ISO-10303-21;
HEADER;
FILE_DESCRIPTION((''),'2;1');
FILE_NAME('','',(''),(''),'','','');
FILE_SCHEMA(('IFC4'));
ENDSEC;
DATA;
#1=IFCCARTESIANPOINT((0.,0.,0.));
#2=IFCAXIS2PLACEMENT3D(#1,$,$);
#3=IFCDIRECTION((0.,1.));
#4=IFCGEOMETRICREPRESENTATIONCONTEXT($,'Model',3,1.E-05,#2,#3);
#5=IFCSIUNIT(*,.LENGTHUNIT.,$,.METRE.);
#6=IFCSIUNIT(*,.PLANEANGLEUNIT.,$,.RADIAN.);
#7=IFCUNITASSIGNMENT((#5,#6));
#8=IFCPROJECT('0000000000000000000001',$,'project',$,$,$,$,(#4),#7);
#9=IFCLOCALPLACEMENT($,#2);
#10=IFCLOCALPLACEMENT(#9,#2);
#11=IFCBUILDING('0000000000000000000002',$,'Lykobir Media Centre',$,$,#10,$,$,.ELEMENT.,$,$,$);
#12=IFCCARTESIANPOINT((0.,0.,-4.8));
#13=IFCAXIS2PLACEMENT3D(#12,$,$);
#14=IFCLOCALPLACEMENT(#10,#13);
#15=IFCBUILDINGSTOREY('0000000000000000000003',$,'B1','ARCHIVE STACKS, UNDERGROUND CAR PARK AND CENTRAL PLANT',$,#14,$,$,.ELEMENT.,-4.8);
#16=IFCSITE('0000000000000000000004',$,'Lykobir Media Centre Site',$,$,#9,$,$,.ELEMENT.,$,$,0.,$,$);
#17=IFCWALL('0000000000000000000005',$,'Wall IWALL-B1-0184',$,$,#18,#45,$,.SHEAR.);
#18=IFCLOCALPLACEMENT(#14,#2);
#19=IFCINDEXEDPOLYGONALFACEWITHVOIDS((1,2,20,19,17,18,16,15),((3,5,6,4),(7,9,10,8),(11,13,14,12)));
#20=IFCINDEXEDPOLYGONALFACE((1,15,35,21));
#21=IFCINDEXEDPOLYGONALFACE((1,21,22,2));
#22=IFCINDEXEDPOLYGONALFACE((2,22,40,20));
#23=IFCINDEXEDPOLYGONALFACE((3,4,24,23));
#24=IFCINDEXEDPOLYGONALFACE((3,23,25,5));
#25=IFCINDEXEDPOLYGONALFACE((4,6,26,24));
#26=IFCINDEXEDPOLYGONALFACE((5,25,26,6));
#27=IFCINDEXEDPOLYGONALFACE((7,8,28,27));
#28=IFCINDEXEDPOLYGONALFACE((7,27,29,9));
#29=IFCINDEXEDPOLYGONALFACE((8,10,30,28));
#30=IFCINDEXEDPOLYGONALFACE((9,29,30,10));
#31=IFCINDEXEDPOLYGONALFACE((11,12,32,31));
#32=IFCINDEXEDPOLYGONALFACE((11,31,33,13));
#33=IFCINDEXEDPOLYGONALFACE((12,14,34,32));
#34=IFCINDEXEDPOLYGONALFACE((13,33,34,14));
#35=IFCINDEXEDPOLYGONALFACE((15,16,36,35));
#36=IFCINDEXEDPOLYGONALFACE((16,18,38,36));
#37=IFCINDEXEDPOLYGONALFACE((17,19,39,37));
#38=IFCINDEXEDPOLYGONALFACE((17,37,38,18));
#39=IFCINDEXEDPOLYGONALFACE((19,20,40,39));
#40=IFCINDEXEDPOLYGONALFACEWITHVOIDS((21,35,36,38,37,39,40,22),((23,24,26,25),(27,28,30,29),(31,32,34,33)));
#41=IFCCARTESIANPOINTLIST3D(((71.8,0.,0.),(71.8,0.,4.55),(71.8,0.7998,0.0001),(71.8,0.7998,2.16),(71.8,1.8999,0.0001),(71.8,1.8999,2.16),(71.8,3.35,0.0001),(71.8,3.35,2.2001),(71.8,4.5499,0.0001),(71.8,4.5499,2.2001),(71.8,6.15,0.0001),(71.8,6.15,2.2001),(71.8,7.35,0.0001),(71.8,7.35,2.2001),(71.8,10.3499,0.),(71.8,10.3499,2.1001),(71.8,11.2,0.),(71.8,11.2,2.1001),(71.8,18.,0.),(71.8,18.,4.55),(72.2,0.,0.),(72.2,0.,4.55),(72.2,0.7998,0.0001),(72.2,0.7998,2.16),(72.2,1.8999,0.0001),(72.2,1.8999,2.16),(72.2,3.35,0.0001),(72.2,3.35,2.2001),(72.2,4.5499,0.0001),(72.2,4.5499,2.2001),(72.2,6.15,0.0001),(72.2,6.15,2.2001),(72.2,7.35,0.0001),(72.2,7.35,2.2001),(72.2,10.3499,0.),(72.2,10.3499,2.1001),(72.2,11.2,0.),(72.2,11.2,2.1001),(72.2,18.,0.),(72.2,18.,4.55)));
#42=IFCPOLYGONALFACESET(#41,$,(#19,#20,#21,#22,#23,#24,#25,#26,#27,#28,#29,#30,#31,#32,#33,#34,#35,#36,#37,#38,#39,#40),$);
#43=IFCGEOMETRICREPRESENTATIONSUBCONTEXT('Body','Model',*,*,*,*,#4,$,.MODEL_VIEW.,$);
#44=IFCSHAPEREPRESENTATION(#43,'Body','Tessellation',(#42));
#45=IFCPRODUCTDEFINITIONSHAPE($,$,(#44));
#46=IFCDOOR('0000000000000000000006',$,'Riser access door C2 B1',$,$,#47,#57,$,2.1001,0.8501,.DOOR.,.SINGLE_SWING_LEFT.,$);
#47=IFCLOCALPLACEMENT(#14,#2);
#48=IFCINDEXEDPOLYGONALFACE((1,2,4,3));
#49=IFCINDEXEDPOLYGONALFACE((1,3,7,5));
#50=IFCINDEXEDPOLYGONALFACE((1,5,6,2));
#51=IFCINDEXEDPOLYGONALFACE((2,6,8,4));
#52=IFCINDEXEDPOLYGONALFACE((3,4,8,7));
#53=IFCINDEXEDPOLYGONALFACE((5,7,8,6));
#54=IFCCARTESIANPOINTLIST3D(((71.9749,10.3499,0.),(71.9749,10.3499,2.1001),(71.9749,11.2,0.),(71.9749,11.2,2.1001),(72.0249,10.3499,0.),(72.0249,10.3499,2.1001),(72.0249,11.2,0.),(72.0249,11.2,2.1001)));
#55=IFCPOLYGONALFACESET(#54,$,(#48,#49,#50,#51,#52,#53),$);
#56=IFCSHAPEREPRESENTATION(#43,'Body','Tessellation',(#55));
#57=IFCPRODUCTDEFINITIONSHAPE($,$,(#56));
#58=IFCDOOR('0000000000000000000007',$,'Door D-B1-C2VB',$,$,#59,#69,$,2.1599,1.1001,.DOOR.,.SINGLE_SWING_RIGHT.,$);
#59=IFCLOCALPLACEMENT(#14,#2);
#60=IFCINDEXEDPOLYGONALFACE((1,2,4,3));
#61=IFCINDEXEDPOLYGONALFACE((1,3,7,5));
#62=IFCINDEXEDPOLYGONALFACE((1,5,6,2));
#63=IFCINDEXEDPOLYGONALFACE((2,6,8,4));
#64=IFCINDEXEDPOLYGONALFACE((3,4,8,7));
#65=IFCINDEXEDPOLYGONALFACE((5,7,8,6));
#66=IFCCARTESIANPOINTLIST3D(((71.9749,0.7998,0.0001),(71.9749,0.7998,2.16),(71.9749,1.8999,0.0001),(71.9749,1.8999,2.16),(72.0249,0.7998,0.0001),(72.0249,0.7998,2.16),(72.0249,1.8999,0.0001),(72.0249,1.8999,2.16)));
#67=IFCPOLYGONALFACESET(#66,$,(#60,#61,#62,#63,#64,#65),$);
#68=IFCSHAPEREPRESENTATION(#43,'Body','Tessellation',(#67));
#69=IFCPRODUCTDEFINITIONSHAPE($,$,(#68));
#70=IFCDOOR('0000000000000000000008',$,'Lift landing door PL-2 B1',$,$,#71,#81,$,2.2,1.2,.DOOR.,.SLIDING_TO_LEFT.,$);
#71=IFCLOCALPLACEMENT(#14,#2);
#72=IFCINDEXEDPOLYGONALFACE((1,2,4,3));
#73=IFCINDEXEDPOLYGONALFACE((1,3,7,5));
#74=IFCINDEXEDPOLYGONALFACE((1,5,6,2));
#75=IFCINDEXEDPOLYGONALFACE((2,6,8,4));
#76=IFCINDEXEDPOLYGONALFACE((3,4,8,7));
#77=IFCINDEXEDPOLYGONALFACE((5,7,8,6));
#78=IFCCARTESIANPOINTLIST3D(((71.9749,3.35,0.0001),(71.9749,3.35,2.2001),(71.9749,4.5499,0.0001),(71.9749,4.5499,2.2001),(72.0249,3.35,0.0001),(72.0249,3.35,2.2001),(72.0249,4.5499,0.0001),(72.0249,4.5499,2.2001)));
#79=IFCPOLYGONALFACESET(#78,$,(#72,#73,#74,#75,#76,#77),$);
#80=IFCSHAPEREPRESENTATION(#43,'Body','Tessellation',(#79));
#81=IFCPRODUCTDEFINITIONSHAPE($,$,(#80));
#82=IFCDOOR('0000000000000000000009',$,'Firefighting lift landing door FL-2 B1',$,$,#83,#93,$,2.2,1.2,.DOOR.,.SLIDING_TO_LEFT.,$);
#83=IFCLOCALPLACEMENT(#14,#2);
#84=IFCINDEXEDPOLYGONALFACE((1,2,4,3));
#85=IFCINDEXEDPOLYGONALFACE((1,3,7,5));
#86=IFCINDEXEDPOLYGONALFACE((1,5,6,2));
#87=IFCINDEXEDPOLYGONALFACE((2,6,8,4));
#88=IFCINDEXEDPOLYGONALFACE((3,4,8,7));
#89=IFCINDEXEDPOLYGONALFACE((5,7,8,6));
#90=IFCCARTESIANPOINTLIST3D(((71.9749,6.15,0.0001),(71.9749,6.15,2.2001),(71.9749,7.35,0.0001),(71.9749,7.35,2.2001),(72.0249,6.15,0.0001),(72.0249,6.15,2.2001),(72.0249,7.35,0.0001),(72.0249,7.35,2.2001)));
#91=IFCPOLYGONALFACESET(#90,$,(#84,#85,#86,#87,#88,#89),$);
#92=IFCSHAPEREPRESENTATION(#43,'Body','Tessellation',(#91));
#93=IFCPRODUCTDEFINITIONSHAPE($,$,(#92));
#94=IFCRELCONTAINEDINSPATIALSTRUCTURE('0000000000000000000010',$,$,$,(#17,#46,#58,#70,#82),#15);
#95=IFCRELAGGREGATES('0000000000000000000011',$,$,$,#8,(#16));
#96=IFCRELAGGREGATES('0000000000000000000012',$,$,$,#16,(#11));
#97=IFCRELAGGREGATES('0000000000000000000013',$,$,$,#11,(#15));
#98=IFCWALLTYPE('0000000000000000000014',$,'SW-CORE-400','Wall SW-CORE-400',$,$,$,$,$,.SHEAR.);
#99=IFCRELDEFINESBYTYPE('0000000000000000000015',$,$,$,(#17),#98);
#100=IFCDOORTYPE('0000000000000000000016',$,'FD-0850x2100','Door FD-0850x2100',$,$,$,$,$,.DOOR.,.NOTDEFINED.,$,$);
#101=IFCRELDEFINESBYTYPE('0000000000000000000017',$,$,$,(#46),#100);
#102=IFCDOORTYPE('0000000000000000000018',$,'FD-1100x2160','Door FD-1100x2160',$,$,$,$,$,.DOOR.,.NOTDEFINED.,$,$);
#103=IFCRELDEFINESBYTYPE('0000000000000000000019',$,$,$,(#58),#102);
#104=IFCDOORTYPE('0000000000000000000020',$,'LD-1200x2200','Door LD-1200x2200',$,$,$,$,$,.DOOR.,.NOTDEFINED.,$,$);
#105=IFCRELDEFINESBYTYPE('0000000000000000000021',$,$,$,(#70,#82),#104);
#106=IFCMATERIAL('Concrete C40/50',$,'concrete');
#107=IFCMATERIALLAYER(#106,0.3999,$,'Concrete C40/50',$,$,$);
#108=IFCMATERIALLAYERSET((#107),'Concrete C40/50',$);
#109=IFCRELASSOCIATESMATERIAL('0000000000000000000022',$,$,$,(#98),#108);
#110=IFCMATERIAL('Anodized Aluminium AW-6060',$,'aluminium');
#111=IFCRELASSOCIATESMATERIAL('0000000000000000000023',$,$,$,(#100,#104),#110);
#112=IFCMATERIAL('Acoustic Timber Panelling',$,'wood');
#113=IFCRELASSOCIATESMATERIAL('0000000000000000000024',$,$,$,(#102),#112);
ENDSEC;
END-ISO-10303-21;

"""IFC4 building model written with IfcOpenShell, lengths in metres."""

from ifc_helpers import new_model, si_unit, direction, frame, frame_2d, origin, place, context, subcontext, project, spatial, rectangle, extrude, material, layer, layer_set, type_object, element, fill, save


model = new_model("IFC4")

# Units and contexts
model_context = context("Model", 3, precision=1e-05, world=origin(), true_north=direction((0.0, 1.0)))
body_context = subcontext(model_context, "Body", "Model", "MODEL_VIEW")
ifc_project = project(units=[si_unit("LENGTHUNIT", "METRE"), si_unit("PLANEANGLEUNIT", "RADIAN")], contexts=[model_context])

# Site, building, storey
site_placement = place(None, origin())
site = spatial("IfcSite", under=ifc_project, at=site_placement, Name="Lykobir Media Centre Site", CompositionType="ELEMENT", RefElevation=0.0)
building_placement = place(site_placement, origin())
building = spatial("IfcBuilding", under=site, at=building_placement, Name="Lykobir Media Centre", CompositionType="ELEMENT")
storey_placement = place(building_placement, frame((0.0, 0.0, -4.8)))
storey = spatial("IfcBuildingStorey", under=building, at=storey_placement, Name="B1", Description="ARCHIVE STACKS, UNDERGROUND CAR PARK AND CENTRAL PLANT", CompositionType="ELEMENT", Elevation=-4.8)

# Shared definitions
ifc_material_1 = material(Name="Concrete C40/50", Category="concrete")

# Wall, openings, doors
ifc_layer_1 = layer(ifc_material_1, 0.3999, Name="Concrete C40/50")
ifc_layer_set_1 = layer_set([ifc_layer_1], Name="Concrete C40/50")
wall_type_1 = type_object("IfcWallType", Name="SW-CORE-400", Description="Wall SW-CORE-400", PredefinedType="SHEAR", material=ifc_layer_set_1)
wall_placement = place(storey_placement, frame((72.0, 18.0, 0.0), z_axis=(0.0, 0.0, 1.0), x_axis=(0.0, -1.0, 0.0)))
wall = element("IfcWall", 1, at=wall_placement, inside=storey, type_object=wall_type_1, Name="Wall IWALL-B1-0184", PredefinedType="SHEAR", context=body_context, shape_type="SweptSolid", body=[
    extrude(rectangle(XDim=18.0, YDim=0.3999, at=frame_2d((9.0, 0.0))), origin(), (0.0, 0.0, 1.0), 4.55),
])
opening_1_placement = place(wall_placement, frame((16.1001, 0.0, 0.0)))
opening_1 = element("IfcOpeningElement", 2, at=opening_1_placement, cuts=wall, PredefinedType="OPENING", context=body_context, shape_type="SweptSolid", body=[
    extrude(rectangle(XDim=1.1001, YDim=2.1599, at=frame_2d((0.55, 1.0801))), frame((0.0, 0.21, 0.0), z_axis=(0.0, -1.0, 0.0), x_axis=(1.0, 0.0, 0.0)), (0.0, 0.0, 1.0), 0.4199),
])
opening_2_placement = place(wall_placement, frame((13.45, 0.0, 0.0)))
opening_2 = element("IfcOpeningElement", 3, at=opening_2_placement, cuts=wall, PredefinedType="OPENING", context=body_context, shape_type="SweptSolid", body=[
    extrude(rectangle(XDim=1.2, YDim=2.2, at=frame_2d((0.6001, 1.1001))), frame((0.0, 0.21, 0.0), z_axis=(0.0, -1.0, 0.0), x_axis=(1.0, 0.0, 0.0)), (0.0, 0.0, 1.0), 0.4199),
])
opening_3_placement = place(wall_placement, frame((10.6499, 0.0, 0.0)))
opening_3 = element("IfcOpeningElement", 4, at=opening_3_placement, cuts=wall, PredefinedType="OPENING", context=body_context, shape_type="SweptSolid", body=[
    extrude(rectangle(XDim=1.2, YDim=2.2, at=frame_2d((0.6001, 1.1001))), frame((0.0, 0.21, 0.0), z_axis=(0.0, -1.0, 0.0), x_axis=(1.0, 0.0, 0.0)), (0.0, 0.0, 1.0), 0.4199),
])
opening_4_placement = place(wall_placement, frame((6.8, 0.0, 0.0)))
opening_4 = element("IfcOpeningElement", 5, at=opening_4_placement, cuts=wall, PredefinedType="OPENING", context=body_context, shape_type="SweptSolid", body=[
    extrude(rectangle(XDim=0.8501, YDim=2.1001, at=frame_2d((0.425, 1.05))), frame((0.0, 0.21, 0.0), z_axis=(0.0, -1.0, 0.0), x_axis=(1.0, 0.0, 0.0)), (0.0, 0.0, 1.0), 0.4199),
])
ifc_material_2 = material(Name="Anodized Aluminium AW-6060", Category="aluminium")
door_type_1 = type_object("IfcDoorType", Name="FD-0850x2100", Description="Door FD-0850x2100", OperationType="NOTDEFINED", PredefinedType="DOOR", material=ifc_material_2)
door_1_placement = place(opening_4_placement, origin())
door_1 = element("IfcDoor", 6, at=door_1_placement, inside=storey, type_object=door_type_1, Name="Riser access door C2 B1", OperationType="SINGLE_SWING_LEFT", OverallHeight=2.1001, OverallWidth=0.8501, PredefinedType="DOOR", context=body_context, shape_type="SweptSolid", body=[
    extrude(rectangle(XDim=0.8501, YDim=2.1001, at=frame_2d((0.425, 1.05))), frame((0.0, 0.0249, 0.0), z_axis=(0.0, -1.0, 0.0), x_axis=(1.0, 0.0, 0.0)), (0.0, 0.0, 1.0), 0.05),
])
fill(opening_4, door_1)
ifc_material_3 = material(Name="Acoustic Timber Panelling", Category="wood")
door_type_2 = type_object("IfcDoorType", Name="FD-1100x2160", Description="Door FD-1100x2160", OperationType="NOTDEFINED", PredefinedType="DOOR", material=ifc_material_3)
door_2_placement = place(opening_1_placement, origin())
door_2 = element("IfcDoor", 7, at=door_2_placement, inside=storey, type_object=door_type_2, Name="Door D-B1-C2VB", OperationType="SINGLE_SWING_RIGHT", OverallHeight=2.1599, OverallWidth=1.1001, PredefinedType="DOOR", context=body_context, shape_type="SweptSolid", body=[
    extrude(rectangle(XDim=1.1001, YDim=2.1599, at=frame_2d((0.55, 1.0801))), frame((0.0, 0.0249, 0.0), z_axis=(0.0, -1.0, 0.0), x_axis=(1.0, 0.0, 0.0)), (0.0, 0.0, 1.0), 0.05),
])
fill(opening_1, door_2)
door_type_3 = type_object("IfcDoorType", Name="LD-1200x2200", Description="Door LD-1200x2200", OperationType="NOTDEFINED", PredefinedType="DOOR", material=ifc_material_2)
door_3_placement = place(opening_2_placement, origin())
door_3 = element("IfcDoor", 8, at=door_3_placement, inside=storey, type_object=door_type_3, Name="Lift landing door PL-2 B1", OperationType="SLIDING_TO_LEFT", OverallHeight=2.2, OverallWidth=1.2, PredefinedType="DOOR", context=body_context, shape_type="SweptSolid", body=[
    extrude(rectangle(XDim=1.2, YDim=2.2, at=frame_2d((0.6001, 1.1001))), frame((0.0, 0.0249, 0.0), z_axis=(0.0, -1.0, 0.0), x_axis=(1.0, 0.0, 0.0)), (0.0, 0.0, 1.0), 0.05),
])
fill(opening_2, door_3)
door_4_placement = place(opening_3_placement, origin())
door_4 = element("IfcDoor", 9, at=door_4_placement, inside=storey, type_object=door_type_3, Name="Firefighting lift landing door FL-2 B1", OperationType="SLIDING_TO_LEFT", OverallHeight=2.2, OverallWidth=1.2, PredefinedType="DOOR", context=body_context, shape_type="SweptSolid", body=[
    extrude(rectangle(XDim=1.2, YDim=2.2, at=frame_2d((0.6001, 1.1001))), frame((0.0, 0.0249, 0.0), z_axis=(0.0, -1.0, 0.0), x_axis=(1.0, 0.0, 0.0)), (0.0, 0.0, 1.0), 0.05),
])
fill(opening_3, door_4)

save(model, "model.ifc")
